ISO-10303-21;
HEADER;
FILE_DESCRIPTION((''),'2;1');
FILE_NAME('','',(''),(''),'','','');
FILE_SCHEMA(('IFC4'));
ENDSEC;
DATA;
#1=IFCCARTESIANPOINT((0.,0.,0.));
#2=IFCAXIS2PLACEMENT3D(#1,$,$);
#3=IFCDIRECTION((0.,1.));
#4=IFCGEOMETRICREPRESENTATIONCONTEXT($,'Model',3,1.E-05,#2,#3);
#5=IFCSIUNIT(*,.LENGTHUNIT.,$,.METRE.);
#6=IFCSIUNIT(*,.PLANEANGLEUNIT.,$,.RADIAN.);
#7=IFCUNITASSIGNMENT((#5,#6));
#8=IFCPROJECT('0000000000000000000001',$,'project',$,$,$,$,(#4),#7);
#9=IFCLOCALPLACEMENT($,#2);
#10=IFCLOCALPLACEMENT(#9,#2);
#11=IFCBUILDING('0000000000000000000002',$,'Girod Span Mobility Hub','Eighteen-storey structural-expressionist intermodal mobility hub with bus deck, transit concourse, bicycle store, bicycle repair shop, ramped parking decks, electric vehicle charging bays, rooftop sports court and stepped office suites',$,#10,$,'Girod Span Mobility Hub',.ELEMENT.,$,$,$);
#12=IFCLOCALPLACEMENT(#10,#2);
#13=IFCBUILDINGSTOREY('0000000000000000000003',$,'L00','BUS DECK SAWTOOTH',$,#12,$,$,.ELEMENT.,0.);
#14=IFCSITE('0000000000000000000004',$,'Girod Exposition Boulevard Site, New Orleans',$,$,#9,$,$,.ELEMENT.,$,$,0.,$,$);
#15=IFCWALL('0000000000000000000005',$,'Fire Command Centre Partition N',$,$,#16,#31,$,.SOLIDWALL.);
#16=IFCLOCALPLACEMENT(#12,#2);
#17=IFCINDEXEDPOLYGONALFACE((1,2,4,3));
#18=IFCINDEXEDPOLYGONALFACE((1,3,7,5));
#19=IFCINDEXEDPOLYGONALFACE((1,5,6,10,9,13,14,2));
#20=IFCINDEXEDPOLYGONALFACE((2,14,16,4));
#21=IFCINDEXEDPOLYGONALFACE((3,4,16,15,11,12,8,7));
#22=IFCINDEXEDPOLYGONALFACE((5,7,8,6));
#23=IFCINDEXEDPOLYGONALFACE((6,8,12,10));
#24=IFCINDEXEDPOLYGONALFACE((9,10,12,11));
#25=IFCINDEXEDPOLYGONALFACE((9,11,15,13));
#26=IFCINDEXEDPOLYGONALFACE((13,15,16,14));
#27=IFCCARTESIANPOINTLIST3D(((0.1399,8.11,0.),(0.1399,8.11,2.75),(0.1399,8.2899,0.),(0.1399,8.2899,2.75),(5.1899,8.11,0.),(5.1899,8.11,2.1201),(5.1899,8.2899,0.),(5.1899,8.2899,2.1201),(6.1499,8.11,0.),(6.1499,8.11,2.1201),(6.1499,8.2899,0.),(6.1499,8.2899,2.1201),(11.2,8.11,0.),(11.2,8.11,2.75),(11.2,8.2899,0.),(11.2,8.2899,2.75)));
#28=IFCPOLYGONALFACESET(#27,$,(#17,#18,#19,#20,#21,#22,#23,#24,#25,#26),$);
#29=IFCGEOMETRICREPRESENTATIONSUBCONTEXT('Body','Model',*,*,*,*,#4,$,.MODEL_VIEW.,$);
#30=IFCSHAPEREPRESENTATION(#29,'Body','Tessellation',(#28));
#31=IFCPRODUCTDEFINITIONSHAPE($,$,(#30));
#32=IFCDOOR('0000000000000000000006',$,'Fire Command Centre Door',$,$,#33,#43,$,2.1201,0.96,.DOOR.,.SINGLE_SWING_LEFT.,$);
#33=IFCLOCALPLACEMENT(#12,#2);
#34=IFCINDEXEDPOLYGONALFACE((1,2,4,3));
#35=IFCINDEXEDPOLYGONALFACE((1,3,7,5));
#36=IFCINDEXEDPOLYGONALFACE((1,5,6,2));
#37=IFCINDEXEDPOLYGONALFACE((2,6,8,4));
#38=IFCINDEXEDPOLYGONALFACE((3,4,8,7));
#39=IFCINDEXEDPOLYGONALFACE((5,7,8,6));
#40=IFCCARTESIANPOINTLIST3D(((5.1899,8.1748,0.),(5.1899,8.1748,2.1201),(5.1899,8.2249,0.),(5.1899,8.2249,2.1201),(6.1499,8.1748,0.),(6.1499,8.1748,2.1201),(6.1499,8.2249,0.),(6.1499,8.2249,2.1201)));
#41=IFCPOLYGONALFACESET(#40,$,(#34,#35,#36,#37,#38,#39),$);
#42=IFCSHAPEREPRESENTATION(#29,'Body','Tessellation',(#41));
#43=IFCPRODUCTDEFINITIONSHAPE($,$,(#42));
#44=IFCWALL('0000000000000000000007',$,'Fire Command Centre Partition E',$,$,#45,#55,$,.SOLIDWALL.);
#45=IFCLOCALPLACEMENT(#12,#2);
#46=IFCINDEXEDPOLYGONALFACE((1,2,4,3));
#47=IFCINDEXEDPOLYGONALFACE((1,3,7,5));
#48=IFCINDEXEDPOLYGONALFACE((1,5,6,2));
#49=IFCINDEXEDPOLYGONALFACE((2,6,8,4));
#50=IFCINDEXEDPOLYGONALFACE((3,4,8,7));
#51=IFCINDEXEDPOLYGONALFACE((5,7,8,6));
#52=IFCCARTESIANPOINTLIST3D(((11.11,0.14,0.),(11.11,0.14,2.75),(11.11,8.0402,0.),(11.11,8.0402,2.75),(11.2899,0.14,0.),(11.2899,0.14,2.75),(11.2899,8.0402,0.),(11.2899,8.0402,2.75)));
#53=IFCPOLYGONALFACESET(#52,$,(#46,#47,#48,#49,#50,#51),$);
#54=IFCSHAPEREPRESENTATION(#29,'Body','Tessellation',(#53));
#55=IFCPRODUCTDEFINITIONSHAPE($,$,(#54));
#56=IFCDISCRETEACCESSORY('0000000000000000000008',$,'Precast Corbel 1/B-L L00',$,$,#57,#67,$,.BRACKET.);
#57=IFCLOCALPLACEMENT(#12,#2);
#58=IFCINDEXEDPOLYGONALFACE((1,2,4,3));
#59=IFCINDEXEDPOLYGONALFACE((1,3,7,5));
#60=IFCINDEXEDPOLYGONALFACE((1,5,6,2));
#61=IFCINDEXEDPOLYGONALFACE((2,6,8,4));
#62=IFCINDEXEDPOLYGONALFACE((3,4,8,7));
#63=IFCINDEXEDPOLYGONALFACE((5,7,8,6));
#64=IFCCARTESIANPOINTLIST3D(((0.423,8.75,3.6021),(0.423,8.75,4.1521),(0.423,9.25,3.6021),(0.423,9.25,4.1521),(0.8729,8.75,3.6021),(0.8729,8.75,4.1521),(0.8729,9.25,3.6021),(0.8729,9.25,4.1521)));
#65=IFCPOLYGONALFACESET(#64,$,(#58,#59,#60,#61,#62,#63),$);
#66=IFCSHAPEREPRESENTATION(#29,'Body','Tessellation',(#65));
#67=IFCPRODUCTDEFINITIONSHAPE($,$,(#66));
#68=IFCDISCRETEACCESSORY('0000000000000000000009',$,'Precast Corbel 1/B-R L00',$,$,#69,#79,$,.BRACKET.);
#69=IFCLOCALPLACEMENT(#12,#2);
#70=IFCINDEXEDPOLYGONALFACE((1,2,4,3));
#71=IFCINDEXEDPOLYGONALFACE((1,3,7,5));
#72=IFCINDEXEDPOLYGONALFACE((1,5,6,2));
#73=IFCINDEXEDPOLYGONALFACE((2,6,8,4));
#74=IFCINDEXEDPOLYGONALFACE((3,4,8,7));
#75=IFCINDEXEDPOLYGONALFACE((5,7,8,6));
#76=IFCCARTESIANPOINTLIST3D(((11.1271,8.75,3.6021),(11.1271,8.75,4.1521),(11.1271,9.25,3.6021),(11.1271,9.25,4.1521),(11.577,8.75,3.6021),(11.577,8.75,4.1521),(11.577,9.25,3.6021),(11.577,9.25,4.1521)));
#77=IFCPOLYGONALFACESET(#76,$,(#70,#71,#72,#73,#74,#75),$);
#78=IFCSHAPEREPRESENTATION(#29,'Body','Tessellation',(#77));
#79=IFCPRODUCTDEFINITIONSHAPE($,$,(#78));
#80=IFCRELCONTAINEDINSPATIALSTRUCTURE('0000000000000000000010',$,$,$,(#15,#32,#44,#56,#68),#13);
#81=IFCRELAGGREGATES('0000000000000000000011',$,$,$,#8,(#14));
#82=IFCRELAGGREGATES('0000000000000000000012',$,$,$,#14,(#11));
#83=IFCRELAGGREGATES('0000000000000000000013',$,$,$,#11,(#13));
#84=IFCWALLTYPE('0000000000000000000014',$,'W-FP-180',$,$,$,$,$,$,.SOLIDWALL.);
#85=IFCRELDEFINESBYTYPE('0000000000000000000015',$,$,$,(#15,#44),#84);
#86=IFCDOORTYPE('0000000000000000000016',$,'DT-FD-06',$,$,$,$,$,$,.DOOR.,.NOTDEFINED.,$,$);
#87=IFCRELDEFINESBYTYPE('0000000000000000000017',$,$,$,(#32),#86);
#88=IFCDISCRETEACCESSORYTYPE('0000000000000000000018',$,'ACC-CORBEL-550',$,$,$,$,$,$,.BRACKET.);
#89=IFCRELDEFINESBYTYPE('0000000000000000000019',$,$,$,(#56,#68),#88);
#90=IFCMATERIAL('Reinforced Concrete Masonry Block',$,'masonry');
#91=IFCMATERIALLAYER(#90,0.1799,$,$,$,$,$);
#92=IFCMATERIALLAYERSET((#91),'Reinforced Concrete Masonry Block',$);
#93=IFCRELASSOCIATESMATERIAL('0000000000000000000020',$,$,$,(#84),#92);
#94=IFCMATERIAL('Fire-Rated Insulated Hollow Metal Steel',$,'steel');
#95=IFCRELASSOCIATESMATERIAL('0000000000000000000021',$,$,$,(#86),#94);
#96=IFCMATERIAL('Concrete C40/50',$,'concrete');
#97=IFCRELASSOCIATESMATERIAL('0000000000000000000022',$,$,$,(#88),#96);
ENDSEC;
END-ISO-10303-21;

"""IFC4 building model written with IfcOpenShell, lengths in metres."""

from ifc_helpers import new_model, si_unit, direction, frame, frame_2d, origin, origin_2d, place, context, subcontext, project, spatial, rectangle, extrude, material, layer, layer_set, type_object, element, fill, save


model = new_model("IFC4")

# Units and contexts
model_context = context("Model", 3, precision=1e-05, world=origin(), true_north=direction((0.0, 1.0)))
body_context = subcontext(model_context, "Body", "Model", "MODEL_VIEW")
ifc_project = project(units=[si_unit("LENGTHUNIT", "METRE"), si_unit("PLANEANGLEUNIT", "RADIAN")], contexts=[model_context])

# Site, building, storey
site_placement = place(None, origin())
site = spatial("IfcSite", under=ifc_project, at=site_placement, Name="Girod Exposition Boulevard Site, New Orleans", CompositionType="ELEMENT", RefElevation=0.0)
building_placement = place(site_placement, origin())
building = spatial("IfcBuilding", under=site, at=building_placement, Name="Girod Span Mobility Hub", Description="Eighteen-storey structural-expressionist intermodal mobility hub with bus deck, transit concourse, bicycle store, bicycle repair shop, ramped parking decks, electric vehicle charging bays, rooftop sports court and stepped office suites", LongName="Girod Span Mobility Hub", CompositionType="ELEMENT")
storey_placement = place(building_placement, origin())
storey = spatial("IfcBuildingStorey", under=building, at=storey_placement, Name="L00", Description="BUS DECK SAWTOOTH", CompositionType="ELEMENT", Elevation=0.0)

# Wall, opening, door
ifc_material_1 = material(Name="Reinforced Concrete Masonry Block", Category="masonry")
ifc_layer_1 = layer(ifc_material_1, 0.1799)
ifc_layer_set_1 = layer_set([ifc_layer_1], Name="Reinforced Concrete Masonry Block")
wall_type_1 = type_object("IfcWallType", Name="W-FP-180", PredefinedType="SOLIDWALL", material=ifc_layer_set_1)
wall_1_placement = place(storey_placement, frame((0.1399, 8.2, 0.0), z_axis=(0.0, 0.0, 1.0), x_axis=(1.0, 0.0, 0.0)))
wall_1 = element("IfcWall", 1, at=wall_1_placement, inside=storey, type_object=wall_type_1, Name="Fire Command Centre Partition N", PredefinedType="SOLIDWALL", context=body_context, shape_type="SweptSolid", body=[
    extrude(rectangle(XDim=11.0601, YDim=0.1799, at=frame_2d((5.53, 0.0))), origin(), (0.0, 0.0, 1.0), 2.75),
])
opening_1_placement = place(wall_1_placement, frame((5.05, 0.0, 0.0)))
opening_1 = element("IfcOpeningElement", 2, at=opening_1_placement, cuts=wall_1, PredefinedType="OPENING", context=body_context, shape_type="SweptSolid", body=[
    extrude(rectangle(XDim=0.96, YDim=2.1201, at=frame_2d((0.48, 1.0601))), frame((0.0, 0.105, 0.0), z_axis=(0.0, -1.0, 0.0), x_axis=(1.0, 0.0, 0.0)), (0.0, 0.0, 1.0), 0.21),
])
ifc_material_2 = material(Name="Fire-Rated Insulated Hollow Metal Steel", Category="steel")
door_type = type_object("IfcDoorType", Name="DT-FD-06", OperationType="NOTDEFINED", PredefinedType="DOOR", material=ifc_material_2)
door_placement = place(opening_1_placement, origin())
door = element("IfcDoor", 3, at=door_placement, inside=storey, type_object=door_type, Name="Fire Command Centre Door", OperationType="SINGLE_SWING_LEFT", OverallHeight=2.1201, OverallWidth=0.96, PredefinedType="DOOR", context=body_context, shape_type="SweptSolid", body=[
    extrude(rectangle(XDim=0.96, YDim=2.1201, at=frame_2d((0.48, 1.0601))), frame((0.0, 0.0249, 0.0), z_axis=(0.0, -1.0, 0.0), x_axis=(1.0, 0.0, 0.0)), (0.0, 0.0, 1.0), 0.05),
])
fill(opening_1, door)

# Wall
wall_2_placement = place(storey_placement, frame((11.2, 0.1399, 0.0), z_axis=(0.0, 0.0, 1.0), x_axis=(0.0, 1.0, 0.0)))
element("IfcWall", 4, at=wall_2_placement, inside=storey, type_object=wall_type_1, Name="Fire Command Centre Partition E", PredefinedType="SOLIDWALL", context=body_context, shape_type="SweptSolid", body=[
    extrude(rectangle(XDim=7.9001, YDim=0.1799, at=frame_2d((3.9502, 0.0))), origin(), (0.0, 0.0, 1.0), 2.75),
])

# Discrete accessories
ifc_material_3 = material(Name="Concrete C40/50", Category="concrete")
discrete_accessory_type = type_object("IfcDiscreteAccessoryType", Name="ACC-CORBEL-550", PredefinedType="BRACKET", material=ifc_material_3)
for number, where, z_axis, x_axis, name in (
    (5, (0.6479, 9.0, 3.6021), (0.0, 0.0, 1.0), (1.0, 0.0, 0.0), "Precast Corbel 1/B-L L00"),
    (6, (11.3521, 9.0, 3.6021), (0.0, 0.0, 1.0), (1.0, 0.0, 0.0), "Precast Corbel 1/B-R L00"),
):
    element("IfcDiscreteAccessory", number, at=place(storey_placement, frame(where, z_axis=z_axis, x_axis=x_axis)), inside=storey, type_object=discrete_accessory_type, Name=name, PredefinedType="BRACKET", context=body_context, shape_type="SweptSolid", body=[
        extrude(rectangle(XDim=0.45, YDim=0.5, at=origin_2d()), origin(), (0.0, 0.0, 1.0), 0.55),
    ])

save(model, "model.ifc")
